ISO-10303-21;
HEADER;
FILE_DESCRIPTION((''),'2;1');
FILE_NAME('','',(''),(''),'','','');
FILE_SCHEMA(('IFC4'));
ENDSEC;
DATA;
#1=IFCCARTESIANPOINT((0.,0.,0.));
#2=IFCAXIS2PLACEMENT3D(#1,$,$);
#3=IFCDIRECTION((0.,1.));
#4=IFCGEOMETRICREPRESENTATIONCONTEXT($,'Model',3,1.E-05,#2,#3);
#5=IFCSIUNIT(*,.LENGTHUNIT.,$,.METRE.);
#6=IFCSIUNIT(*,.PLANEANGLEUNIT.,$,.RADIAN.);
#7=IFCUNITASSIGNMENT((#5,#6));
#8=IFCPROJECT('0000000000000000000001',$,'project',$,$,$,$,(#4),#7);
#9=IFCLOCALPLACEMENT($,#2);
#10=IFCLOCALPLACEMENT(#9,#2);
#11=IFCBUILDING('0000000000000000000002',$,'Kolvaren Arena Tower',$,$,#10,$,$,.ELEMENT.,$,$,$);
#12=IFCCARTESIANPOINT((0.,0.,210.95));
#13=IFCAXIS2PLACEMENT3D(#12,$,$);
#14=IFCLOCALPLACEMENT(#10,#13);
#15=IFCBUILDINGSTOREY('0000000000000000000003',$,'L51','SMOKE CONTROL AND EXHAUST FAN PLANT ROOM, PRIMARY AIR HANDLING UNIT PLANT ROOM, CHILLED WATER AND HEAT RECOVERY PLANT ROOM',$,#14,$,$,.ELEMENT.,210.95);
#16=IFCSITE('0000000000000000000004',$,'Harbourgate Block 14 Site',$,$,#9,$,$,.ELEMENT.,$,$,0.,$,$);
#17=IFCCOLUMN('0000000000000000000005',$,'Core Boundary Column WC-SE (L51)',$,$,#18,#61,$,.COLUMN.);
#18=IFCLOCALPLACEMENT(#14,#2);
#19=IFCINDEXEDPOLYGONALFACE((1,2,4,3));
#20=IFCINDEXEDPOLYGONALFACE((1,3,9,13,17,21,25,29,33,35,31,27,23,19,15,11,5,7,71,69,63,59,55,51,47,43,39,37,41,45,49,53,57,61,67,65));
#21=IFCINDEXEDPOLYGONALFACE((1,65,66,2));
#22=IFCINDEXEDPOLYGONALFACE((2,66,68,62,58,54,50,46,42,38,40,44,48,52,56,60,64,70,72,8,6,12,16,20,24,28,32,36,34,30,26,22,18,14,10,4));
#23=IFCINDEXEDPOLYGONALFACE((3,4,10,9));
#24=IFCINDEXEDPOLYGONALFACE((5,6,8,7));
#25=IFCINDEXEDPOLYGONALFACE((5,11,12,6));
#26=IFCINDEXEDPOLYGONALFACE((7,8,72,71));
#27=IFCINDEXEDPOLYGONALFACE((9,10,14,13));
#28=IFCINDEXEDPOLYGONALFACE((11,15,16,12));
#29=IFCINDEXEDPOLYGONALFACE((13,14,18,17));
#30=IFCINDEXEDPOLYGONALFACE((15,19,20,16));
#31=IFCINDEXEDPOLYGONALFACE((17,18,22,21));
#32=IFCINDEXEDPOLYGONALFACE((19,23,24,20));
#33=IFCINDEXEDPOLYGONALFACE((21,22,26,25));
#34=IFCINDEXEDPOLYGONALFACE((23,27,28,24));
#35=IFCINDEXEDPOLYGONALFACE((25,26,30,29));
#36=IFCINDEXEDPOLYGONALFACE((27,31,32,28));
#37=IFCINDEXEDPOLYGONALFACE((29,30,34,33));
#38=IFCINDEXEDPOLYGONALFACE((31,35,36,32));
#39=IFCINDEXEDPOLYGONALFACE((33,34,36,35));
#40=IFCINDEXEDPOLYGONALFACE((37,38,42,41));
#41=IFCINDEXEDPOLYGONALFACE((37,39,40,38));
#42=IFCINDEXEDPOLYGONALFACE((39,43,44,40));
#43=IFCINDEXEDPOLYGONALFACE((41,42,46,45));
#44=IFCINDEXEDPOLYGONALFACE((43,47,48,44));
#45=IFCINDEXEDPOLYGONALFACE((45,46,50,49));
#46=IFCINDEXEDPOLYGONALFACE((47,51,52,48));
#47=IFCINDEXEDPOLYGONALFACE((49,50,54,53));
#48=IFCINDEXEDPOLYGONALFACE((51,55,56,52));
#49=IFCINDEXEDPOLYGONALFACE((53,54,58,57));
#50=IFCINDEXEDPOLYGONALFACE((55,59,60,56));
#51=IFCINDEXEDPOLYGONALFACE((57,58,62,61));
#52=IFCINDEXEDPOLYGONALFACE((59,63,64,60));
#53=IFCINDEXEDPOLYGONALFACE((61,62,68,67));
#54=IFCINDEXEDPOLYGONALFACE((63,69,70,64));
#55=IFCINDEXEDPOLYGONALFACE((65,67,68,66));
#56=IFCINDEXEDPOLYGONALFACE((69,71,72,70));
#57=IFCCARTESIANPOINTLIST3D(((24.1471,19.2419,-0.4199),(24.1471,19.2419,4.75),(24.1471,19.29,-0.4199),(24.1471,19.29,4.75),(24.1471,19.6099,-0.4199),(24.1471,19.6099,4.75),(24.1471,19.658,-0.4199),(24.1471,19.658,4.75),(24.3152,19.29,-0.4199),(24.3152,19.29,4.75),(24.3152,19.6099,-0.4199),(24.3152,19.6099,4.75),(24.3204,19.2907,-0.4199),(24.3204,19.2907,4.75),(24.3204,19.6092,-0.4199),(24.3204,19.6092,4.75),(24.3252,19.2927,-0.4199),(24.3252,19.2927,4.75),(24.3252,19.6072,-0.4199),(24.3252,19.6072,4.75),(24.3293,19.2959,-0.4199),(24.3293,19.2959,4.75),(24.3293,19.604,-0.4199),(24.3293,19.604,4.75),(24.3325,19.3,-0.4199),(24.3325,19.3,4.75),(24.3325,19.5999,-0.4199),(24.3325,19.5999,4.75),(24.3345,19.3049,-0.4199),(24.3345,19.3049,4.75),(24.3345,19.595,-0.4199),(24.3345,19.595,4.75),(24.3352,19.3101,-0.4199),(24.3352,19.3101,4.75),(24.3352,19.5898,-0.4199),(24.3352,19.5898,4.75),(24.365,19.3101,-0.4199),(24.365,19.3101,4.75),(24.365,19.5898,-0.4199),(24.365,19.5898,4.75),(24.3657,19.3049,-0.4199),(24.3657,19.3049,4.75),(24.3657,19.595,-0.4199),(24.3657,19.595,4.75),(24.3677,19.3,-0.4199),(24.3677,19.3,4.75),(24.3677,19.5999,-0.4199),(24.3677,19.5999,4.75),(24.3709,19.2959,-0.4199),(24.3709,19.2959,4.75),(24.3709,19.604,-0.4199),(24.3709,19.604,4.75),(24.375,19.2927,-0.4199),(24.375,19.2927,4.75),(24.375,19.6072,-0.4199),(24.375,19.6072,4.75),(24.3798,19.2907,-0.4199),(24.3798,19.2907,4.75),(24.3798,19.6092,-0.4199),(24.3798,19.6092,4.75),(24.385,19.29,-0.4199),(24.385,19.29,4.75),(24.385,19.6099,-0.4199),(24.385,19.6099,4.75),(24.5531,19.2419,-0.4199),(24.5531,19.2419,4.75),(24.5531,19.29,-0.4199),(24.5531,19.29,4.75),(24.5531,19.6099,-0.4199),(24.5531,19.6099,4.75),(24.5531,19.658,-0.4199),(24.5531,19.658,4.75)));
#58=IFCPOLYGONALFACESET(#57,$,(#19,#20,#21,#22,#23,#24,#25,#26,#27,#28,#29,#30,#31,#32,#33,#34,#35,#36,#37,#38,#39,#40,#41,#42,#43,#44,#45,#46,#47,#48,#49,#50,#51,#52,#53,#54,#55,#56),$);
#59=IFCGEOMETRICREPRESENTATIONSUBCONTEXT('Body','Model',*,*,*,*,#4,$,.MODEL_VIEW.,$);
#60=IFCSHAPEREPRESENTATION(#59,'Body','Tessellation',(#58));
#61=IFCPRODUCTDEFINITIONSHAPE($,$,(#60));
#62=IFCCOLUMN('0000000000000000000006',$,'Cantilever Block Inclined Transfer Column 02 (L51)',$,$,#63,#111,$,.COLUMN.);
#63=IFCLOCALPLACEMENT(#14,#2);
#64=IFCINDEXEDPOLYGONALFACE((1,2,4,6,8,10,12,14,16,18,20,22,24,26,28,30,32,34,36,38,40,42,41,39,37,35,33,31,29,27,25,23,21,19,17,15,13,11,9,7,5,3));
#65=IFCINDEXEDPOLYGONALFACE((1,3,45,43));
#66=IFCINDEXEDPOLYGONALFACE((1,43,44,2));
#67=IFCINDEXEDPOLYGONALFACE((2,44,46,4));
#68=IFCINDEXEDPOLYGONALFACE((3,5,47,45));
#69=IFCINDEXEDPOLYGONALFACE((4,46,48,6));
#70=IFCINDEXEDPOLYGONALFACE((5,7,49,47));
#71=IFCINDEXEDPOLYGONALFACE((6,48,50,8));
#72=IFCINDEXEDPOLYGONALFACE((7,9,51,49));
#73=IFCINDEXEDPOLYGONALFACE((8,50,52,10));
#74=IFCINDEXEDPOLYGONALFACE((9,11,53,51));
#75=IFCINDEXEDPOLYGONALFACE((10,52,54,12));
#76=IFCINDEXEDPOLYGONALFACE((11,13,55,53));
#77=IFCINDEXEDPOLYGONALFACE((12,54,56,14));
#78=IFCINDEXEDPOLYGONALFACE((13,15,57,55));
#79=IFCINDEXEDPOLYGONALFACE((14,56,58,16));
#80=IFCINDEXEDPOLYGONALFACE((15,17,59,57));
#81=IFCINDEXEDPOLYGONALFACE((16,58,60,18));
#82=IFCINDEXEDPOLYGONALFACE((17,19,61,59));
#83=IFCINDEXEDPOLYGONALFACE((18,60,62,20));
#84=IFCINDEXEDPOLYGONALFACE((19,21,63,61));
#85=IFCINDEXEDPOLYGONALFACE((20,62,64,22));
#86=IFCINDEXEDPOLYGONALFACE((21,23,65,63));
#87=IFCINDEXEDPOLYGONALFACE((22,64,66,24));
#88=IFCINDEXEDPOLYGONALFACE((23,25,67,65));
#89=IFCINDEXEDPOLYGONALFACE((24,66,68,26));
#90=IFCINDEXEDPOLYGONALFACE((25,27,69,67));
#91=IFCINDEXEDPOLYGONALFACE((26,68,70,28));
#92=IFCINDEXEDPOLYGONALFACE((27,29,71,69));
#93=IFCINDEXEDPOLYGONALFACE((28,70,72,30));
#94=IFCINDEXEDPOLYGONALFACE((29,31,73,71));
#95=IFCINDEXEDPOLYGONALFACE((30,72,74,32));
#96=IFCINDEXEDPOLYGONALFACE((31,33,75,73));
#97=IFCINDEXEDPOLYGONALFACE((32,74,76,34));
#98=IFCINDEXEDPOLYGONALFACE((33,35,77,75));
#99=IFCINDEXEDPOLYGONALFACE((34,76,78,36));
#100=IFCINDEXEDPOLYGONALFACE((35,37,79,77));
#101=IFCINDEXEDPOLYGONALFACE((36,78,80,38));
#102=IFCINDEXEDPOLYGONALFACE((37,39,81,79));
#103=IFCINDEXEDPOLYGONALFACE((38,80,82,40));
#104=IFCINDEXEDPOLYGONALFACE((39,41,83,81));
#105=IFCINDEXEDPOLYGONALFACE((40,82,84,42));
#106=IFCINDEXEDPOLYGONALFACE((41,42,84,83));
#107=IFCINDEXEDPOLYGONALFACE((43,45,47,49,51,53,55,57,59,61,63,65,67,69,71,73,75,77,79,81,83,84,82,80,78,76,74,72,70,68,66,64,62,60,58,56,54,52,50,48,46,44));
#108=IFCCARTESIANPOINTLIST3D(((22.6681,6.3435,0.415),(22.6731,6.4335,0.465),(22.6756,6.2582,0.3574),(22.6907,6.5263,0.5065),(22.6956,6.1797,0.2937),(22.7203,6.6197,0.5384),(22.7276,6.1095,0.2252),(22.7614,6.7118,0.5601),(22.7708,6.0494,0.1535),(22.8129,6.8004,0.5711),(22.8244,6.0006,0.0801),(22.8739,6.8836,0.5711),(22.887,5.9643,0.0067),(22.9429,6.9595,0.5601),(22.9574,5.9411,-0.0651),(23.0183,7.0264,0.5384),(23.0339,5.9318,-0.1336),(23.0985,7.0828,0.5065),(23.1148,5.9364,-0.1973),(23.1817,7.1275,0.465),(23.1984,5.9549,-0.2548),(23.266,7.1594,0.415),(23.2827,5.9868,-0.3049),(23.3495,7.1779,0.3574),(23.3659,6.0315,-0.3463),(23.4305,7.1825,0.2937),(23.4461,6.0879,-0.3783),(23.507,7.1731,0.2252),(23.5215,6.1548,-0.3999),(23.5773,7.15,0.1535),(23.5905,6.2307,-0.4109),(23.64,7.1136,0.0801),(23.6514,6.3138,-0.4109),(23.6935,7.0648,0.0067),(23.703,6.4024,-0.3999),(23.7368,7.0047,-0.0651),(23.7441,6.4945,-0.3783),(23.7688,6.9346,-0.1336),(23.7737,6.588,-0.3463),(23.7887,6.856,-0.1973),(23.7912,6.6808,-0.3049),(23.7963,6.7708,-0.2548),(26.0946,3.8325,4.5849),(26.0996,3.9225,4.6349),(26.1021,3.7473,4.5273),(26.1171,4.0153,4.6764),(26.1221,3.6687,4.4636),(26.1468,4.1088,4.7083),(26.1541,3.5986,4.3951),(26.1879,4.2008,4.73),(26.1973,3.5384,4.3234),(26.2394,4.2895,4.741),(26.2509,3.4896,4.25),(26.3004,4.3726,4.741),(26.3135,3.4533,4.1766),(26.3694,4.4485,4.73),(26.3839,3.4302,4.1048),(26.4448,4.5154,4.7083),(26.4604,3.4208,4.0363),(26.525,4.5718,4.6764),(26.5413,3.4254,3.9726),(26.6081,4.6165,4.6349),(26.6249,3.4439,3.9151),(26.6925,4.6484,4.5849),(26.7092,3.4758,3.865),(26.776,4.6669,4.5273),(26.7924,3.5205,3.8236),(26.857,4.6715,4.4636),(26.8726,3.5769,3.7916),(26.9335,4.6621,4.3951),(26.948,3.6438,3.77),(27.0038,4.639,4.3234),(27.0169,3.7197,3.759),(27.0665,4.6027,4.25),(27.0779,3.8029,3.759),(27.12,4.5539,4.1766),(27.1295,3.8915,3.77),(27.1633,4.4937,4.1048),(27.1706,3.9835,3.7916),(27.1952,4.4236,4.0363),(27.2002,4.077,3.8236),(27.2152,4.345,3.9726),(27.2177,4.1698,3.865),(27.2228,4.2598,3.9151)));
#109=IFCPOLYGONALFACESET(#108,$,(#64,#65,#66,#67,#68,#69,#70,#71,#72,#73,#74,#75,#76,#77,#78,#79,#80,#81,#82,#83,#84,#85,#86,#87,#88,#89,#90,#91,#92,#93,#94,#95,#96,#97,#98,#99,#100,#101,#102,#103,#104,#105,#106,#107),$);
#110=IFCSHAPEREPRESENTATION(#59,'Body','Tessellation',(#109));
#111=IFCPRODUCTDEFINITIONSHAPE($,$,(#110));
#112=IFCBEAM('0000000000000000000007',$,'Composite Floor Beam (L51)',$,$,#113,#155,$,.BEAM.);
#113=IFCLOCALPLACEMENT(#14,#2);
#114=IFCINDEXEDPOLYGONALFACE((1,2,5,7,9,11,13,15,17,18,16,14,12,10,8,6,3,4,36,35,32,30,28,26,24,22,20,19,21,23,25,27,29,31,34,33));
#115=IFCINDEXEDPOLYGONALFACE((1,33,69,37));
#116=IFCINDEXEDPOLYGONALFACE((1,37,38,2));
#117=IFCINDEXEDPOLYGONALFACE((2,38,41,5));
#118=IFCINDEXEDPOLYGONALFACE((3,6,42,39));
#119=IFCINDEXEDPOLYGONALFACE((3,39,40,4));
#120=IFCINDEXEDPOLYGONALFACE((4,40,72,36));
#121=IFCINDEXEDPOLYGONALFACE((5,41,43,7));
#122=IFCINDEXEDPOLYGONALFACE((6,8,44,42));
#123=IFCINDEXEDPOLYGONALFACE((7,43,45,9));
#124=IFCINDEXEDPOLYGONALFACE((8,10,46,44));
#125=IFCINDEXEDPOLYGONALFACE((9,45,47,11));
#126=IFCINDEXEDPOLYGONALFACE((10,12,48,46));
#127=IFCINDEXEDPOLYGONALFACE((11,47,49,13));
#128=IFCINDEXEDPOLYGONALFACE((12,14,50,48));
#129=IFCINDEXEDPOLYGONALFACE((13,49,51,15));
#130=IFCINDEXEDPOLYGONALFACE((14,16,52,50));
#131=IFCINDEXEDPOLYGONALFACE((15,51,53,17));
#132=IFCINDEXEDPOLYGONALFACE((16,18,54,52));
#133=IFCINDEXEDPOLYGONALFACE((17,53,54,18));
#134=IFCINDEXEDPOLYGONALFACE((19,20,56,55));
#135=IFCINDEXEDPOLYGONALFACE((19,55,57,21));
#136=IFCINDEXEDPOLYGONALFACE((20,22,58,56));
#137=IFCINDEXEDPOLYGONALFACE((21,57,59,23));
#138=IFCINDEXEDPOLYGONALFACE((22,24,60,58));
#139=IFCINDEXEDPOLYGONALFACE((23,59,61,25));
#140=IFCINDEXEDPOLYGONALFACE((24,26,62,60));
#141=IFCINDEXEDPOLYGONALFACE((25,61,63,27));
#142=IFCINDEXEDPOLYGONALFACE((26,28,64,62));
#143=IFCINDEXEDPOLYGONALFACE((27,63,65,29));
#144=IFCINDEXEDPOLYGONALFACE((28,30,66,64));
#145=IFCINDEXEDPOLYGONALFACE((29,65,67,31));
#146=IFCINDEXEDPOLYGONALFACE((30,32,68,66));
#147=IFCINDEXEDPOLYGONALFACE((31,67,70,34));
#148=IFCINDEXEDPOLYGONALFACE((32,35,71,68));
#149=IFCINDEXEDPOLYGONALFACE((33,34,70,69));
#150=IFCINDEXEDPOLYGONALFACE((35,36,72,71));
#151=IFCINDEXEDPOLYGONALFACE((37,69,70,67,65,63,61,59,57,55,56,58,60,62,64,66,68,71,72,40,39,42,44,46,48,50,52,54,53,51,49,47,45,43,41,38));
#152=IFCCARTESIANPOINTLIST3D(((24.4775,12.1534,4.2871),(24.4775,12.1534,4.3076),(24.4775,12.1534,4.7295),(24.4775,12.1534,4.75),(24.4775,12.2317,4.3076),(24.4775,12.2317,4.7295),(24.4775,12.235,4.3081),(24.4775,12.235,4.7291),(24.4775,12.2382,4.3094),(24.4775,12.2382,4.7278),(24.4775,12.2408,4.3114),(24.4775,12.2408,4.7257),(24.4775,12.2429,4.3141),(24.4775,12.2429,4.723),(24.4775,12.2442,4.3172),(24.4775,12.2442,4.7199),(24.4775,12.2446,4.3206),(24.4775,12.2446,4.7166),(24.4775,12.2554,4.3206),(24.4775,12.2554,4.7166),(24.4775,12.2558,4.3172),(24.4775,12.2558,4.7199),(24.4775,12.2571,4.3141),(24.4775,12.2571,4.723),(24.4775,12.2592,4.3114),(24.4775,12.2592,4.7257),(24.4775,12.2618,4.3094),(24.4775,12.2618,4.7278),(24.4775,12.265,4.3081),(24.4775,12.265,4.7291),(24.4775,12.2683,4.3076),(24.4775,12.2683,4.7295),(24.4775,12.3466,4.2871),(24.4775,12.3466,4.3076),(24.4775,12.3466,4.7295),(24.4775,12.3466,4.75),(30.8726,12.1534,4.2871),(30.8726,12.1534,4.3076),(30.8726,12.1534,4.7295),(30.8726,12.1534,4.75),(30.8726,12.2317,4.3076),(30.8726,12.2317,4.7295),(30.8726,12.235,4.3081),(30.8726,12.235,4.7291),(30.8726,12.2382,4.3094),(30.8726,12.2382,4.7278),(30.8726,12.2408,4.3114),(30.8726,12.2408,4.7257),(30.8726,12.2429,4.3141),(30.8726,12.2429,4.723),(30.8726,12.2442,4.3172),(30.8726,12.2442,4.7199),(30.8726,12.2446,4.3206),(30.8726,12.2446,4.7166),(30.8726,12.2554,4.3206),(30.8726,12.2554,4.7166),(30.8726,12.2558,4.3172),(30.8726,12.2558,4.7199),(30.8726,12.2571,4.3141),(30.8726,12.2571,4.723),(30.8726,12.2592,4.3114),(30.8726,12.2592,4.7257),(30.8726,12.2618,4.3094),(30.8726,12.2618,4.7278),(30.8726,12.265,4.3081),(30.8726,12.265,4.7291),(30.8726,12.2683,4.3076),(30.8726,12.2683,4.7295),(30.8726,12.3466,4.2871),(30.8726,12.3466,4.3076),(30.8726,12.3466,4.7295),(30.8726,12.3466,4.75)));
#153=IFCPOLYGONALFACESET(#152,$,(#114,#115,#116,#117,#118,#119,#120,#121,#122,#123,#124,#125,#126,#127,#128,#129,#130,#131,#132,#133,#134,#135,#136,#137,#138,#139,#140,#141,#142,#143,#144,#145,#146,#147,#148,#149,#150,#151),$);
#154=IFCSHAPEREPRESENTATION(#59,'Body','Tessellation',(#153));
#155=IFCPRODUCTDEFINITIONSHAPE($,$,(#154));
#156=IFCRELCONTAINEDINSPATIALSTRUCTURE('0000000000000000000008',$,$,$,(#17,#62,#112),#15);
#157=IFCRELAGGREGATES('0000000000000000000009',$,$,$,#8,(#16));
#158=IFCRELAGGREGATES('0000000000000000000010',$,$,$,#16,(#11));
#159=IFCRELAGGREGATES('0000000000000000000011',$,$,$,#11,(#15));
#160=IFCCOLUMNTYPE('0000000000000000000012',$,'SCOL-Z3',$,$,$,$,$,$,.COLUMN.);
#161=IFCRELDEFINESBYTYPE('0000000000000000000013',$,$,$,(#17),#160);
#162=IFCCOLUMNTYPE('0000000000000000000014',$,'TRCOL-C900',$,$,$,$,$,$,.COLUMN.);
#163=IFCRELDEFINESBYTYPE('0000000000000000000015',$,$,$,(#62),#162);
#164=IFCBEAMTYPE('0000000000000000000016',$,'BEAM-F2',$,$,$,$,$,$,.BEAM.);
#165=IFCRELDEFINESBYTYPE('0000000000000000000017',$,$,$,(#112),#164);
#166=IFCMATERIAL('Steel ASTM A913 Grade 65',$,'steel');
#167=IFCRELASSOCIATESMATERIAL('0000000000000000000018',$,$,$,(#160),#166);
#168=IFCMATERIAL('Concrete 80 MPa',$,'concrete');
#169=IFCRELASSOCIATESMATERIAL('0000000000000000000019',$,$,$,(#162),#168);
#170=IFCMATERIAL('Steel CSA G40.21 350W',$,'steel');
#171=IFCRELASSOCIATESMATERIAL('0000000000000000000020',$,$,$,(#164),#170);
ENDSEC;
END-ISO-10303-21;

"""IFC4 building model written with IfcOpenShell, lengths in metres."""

from ifc_helpers import new_model, si_unit, direction, frame, origin, origin_2d, place, context, subcontext, project, spatial, circle, i_section, extrude, material, material_profile, profile_set, type_object, element, save


model = new_model("IFC4")

# Units and contexts
model_context = context("Model", 3, precision=1e-05, world=origin(), true_north=direction((0.0, 1.0)))
body_context = subcontext(model_context, "Body", "Model", "MODEL_VIEW")
ifc_project = project(units=[si_unit("LENGTHUNIT", "METRE"), si_unit("PLANEANGLEUNIT", "RADIAN")], contexts=[model_context])

# Site, building, storey
site_placement = place(None, origin())
site = spatial("IfcSite", under=ifc_project, at=site_placement, Name="Harbourgate Block 14 Site", CompositionType="ELEMENT", RefElevation=0.0)
building_placement = place(site_placement, origin())
building = spatial("IfcBuilding", under=site, at=building_placement, Name="Kolvaren Arena Tower", CompositionType="ELEMENT")
storey_placement = place(building_placement, frame((0.0, 0.0, 210.95)))
storey = spatial("IfcBuildingStorey", under=building, at=storey_placement, Name="L51", Description="SMOKE CONTROL AND EXHAUST FAN PLANT ROOM, PRIMARY AIR HANDLING UNIT PLANT ROOM, CHILLED WATER AND HEAT RECOVERY PLANT ROOM", CompositionType="ELEMENT", Elevation=210.95)

# Columns
ifc_material_1 = material(Name="Steel ASTM A913 Grade 65", Category="steel")
ifc_material_profile_1 = material_profile(ifc_material_1, i_section(OverallWidth=0.406, OverallDepth=0.416, WebThickness=0.0298, FlangeThickness=0.0481, FilletRadius=0.02, at=origin_2d()), Name="W360x382")
ifc_profile_set_1 = profile_set([ifc_material_profile_1], Name="Steel ASTM A913 Grade 65")
column_type_1 = type_object("IfcColumnType", Name="SCOL-Z3", PredefinedType="COLUMN", material=ifc_profile_set_1)
column_1_placement = place(storey_placement, frame((24.3501, 19.45, -0.4199), z_axis=(0.0, 0.0, 1.0), x_axis=(1.0, 0.0, 0.0)))
element("IfcColumn", 1, at=column_1_placement, inside=storey, type_object=column_type_1, Name="Core Boundary Column WC-SE (L51)", PredefinedType="COLUMN", context=body_context, shape_type="SweptSolid", body=[
    extrude(i_section(OverallWidth=0.406, OverallDepth=0.416, WebThickness=0.0298, FlangeThickness=0.0481, FilletRadius=0.02, at=origin_2d()), origin(), (0.0, 0.0, 1.0), 5.1699),
])
ifc_material_2 = material(Name="Concrete 80 MPa", Category="concrete")
ifc_material_profile_2 = material_profile(ifc_material_2, circle(Radius=0.6899, at=origin_2d()), Name="RC-CIRC-1380")
ifc_profile_set_2 = profile_set([ifc_material_profile_2], Name="Concrete 80 MPa")
column_type_2 = type_object("IfcColumnType", Name="TRCOL-C900", PredefinedType="COLUMN", material=ifc_profile_set_2)
column_2_placement = place(storey_placement, frame((23.2322, 6.5571, 0.0801), z_axis=(0.575626, -0.421825, 0.700513), x_axis=(0.59109, 0.806606, 0.0)))
element("IfcColumn", 2, at=column_2_placement, inside=storey, type_object=column_type_2, Name="Cantilever Block Inclined Transfer Column 02 (L51)", PredefinedType="COLUMN", context=body_context, shape_type="SweptSolid", body=[
    extrude(circle(Radius=0.6899, at=origin_2d()), origin(), (0.0, 0.0, 1.0), 5.9526),
])

# Beam
ifc_material_3 = material(Name="Steel CSA G40.21 350W", Category="steel")
ifc_material_profile_3 = material_profile(ifc_material_3, i_section(OverallWidth=0.1931, OverallDepth=0.4629, WebThickness=0.0107, FlangeThickness=0.0205, FilletRadius=0.0129, at=origin_2d()), Name="W460x113")
ifc_profile_set_3 = profile_set([ifc_material_profile_3], Name="Steel CSA G40.21 350W")
beam_type_1 = type_object("IfcBeamType", Name="BEAM-F2", PredefinedType="BEAM", material=ifc_profile_set_3)
beam_1_placement = place(storey_placement, frame((24.4775, 12.25, 4.5186), z_axis=(1.0, 0.0, 0.0), x_axis=(0.0, 1.0, 0.0)))
element("IfcBeam", 3, at=beam_1_placement, inside=storey, type_object=beam_type_1, Name="Composite Floor Beam (L51)", PredefinedType="BEAM", context=body_context, shape_type="SweptSolid", body=[
    extrude(i_section(OverallWidth=0.1931, OverallDepth=0.4629, WebThickness=0.0107, FlangeThickness=0.0205, FilletRadius=0.0129, at=origin_2d()), origin(), (0.0, 0.0, 1.0), 6.395),
])

save(model, "model.ifc")
